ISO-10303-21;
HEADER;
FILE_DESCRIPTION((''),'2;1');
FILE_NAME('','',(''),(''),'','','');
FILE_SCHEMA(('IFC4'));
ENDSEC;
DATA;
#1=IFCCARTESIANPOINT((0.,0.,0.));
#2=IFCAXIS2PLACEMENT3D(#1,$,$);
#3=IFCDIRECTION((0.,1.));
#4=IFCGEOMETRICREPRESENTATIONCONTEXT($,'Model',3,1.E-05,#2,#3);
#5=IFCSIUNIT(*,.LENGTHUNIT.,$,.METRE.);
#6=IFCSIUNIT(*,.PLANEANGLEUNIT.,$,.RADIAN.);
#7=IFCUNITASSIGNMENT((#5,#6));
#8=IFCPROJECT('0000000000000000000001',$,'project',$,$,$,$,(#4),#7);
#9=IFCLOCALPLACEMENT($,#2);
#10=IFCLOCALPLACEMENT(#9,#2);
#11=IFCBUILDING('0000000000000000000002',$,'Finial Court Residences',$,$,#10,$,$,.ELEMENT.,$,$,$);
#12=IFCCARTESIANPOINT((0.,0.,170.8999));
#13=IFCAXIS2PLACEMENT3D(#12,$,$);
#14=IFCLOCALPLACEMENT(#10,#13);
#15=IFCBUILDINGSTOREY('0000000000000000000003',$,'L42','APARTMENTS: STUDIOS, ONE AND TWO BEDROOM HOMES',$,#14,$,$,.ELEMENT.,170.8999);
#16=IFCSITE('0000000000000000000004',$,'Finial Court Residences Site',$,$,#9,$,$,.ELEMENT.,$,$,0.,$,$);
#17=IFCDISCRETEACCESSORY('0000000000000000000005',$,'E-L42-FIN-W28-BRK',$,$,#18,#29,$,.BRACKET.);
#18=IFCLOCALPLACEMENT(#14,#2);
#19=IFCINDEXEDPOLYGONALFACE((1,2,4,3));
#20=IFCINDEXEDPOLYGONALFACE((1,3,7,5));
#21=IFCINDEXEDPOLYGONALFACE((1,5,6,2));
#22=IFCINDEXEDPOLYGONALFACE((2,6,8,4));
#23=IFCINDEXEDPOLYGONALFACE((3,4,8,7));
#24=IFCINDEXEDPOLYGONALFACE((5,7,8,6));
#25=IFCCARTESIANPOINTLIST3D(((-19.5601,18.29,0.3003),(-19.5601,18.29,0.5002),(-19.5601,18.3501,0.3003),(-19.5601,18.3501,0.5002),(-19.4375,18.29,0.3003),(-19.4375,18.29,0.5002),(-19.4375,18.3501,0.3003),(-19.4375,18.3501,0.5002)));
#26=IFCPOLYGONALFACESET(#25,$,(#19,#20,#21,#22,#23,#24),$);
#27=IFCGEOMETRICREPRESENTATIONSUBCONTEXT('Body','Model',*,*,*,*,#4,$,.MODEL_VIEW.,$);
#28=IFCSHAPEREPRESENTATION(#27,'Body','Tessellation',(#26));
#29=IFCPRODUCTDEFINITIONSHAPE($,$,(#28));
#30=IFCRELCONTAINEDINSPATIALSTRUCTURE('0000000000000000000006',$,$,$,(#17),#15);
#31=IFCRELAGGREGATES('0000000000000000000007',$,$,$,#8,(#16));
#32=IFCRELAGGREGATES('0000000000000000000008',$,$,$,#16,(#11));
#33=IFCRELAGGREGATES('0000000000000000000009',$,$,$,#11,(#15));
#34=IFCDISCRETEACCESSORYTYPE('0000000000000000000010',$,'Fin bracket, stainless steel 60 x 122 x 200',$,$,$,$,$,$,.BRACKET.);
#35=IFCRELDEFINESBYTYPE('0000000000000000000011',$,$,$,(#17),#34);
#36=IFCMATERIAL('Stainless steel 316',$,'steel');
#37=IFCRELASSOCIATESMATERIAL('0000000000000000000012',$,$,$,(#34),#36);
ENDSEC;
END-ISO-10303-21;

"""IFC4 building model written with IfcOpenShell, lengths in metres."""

from ifc_helpers import new_model, si_unit, direction, frame, origin, origin_2d, place, context, subcontext, project, spatial, rectangle, extrude, material, type_object, element, save


model = new_model("IFC4")

# Units and contexts
model_context = context("Model", 3, precision=1e-05, world=origin(), true_north=direction((0.0, 1.0)))
body_context = subcontext(model_context, "Body", "Model", "MODEL_VIEW")
ifc_project = project(units=[si_unit("LENGTHUNIT", "METRE"), si_unit("PLANEANGLEUNIT", "RADIAN")], contexts=[model_context])

# Site, building, storey
site_placement = place(None, origin())
site = spatial("IfcSite", under=ifc_project, at=site_placement, Name="Finial Court Residences Site", CompositionType="ELEMENT", RefElevation=0.0)
building_placement = place(site_placement, origin())
building = spatial("IfcBuilding", under=site, at=building_placement, Name="Finial Court Residences", CompositionType="ELEMENT")
storey_placement = place(building_placement, frame((0.0, 0.0, 170.8999)))
storey = spatial("IfcBuildingStorey", under=building, at=storey_placement, Name="L42", Description="APARTMENTS: STUDIOS, ONE AND TWO BEDROOM HOMES", CompositionType="ELEMENT", Elevation=170.8999)

# Discrete accessory
ifc_material_1 = material(Name="Stainless steel 316", Category="steel")
discrete_accessory_type = type_object("IfcDiscreteAccessoryType", Name="Fin bracket, stainless steel 60 x 122 x 200", PredefinedType="BRACKET", material=ifc_material_1)
discrete_accessory_1_placement = place(storey_placement, frame((-19.4988, 18.3201, 0.3003), z_axis=(0.0, 0.0, 1.0), x_axis=(1.0, 0.0, 0.0)))
element("IfcDiscreteAccessory", 1, at=discrete_accessory_1_placement, inside=storey, type_object=discrete_accessory_type, Name="E-L42-FIN-W28-BRK", PredefinedType="BRACKET", context=body_context, shape_type="SweptSolid", body=[
    extrude(rectangle(XDim=0.1226, YDim=0.0601, at=origin_2d()), origin(), (0.0, 0.0, 1.0), 0.2),
])

save(model, "model.ifc")
